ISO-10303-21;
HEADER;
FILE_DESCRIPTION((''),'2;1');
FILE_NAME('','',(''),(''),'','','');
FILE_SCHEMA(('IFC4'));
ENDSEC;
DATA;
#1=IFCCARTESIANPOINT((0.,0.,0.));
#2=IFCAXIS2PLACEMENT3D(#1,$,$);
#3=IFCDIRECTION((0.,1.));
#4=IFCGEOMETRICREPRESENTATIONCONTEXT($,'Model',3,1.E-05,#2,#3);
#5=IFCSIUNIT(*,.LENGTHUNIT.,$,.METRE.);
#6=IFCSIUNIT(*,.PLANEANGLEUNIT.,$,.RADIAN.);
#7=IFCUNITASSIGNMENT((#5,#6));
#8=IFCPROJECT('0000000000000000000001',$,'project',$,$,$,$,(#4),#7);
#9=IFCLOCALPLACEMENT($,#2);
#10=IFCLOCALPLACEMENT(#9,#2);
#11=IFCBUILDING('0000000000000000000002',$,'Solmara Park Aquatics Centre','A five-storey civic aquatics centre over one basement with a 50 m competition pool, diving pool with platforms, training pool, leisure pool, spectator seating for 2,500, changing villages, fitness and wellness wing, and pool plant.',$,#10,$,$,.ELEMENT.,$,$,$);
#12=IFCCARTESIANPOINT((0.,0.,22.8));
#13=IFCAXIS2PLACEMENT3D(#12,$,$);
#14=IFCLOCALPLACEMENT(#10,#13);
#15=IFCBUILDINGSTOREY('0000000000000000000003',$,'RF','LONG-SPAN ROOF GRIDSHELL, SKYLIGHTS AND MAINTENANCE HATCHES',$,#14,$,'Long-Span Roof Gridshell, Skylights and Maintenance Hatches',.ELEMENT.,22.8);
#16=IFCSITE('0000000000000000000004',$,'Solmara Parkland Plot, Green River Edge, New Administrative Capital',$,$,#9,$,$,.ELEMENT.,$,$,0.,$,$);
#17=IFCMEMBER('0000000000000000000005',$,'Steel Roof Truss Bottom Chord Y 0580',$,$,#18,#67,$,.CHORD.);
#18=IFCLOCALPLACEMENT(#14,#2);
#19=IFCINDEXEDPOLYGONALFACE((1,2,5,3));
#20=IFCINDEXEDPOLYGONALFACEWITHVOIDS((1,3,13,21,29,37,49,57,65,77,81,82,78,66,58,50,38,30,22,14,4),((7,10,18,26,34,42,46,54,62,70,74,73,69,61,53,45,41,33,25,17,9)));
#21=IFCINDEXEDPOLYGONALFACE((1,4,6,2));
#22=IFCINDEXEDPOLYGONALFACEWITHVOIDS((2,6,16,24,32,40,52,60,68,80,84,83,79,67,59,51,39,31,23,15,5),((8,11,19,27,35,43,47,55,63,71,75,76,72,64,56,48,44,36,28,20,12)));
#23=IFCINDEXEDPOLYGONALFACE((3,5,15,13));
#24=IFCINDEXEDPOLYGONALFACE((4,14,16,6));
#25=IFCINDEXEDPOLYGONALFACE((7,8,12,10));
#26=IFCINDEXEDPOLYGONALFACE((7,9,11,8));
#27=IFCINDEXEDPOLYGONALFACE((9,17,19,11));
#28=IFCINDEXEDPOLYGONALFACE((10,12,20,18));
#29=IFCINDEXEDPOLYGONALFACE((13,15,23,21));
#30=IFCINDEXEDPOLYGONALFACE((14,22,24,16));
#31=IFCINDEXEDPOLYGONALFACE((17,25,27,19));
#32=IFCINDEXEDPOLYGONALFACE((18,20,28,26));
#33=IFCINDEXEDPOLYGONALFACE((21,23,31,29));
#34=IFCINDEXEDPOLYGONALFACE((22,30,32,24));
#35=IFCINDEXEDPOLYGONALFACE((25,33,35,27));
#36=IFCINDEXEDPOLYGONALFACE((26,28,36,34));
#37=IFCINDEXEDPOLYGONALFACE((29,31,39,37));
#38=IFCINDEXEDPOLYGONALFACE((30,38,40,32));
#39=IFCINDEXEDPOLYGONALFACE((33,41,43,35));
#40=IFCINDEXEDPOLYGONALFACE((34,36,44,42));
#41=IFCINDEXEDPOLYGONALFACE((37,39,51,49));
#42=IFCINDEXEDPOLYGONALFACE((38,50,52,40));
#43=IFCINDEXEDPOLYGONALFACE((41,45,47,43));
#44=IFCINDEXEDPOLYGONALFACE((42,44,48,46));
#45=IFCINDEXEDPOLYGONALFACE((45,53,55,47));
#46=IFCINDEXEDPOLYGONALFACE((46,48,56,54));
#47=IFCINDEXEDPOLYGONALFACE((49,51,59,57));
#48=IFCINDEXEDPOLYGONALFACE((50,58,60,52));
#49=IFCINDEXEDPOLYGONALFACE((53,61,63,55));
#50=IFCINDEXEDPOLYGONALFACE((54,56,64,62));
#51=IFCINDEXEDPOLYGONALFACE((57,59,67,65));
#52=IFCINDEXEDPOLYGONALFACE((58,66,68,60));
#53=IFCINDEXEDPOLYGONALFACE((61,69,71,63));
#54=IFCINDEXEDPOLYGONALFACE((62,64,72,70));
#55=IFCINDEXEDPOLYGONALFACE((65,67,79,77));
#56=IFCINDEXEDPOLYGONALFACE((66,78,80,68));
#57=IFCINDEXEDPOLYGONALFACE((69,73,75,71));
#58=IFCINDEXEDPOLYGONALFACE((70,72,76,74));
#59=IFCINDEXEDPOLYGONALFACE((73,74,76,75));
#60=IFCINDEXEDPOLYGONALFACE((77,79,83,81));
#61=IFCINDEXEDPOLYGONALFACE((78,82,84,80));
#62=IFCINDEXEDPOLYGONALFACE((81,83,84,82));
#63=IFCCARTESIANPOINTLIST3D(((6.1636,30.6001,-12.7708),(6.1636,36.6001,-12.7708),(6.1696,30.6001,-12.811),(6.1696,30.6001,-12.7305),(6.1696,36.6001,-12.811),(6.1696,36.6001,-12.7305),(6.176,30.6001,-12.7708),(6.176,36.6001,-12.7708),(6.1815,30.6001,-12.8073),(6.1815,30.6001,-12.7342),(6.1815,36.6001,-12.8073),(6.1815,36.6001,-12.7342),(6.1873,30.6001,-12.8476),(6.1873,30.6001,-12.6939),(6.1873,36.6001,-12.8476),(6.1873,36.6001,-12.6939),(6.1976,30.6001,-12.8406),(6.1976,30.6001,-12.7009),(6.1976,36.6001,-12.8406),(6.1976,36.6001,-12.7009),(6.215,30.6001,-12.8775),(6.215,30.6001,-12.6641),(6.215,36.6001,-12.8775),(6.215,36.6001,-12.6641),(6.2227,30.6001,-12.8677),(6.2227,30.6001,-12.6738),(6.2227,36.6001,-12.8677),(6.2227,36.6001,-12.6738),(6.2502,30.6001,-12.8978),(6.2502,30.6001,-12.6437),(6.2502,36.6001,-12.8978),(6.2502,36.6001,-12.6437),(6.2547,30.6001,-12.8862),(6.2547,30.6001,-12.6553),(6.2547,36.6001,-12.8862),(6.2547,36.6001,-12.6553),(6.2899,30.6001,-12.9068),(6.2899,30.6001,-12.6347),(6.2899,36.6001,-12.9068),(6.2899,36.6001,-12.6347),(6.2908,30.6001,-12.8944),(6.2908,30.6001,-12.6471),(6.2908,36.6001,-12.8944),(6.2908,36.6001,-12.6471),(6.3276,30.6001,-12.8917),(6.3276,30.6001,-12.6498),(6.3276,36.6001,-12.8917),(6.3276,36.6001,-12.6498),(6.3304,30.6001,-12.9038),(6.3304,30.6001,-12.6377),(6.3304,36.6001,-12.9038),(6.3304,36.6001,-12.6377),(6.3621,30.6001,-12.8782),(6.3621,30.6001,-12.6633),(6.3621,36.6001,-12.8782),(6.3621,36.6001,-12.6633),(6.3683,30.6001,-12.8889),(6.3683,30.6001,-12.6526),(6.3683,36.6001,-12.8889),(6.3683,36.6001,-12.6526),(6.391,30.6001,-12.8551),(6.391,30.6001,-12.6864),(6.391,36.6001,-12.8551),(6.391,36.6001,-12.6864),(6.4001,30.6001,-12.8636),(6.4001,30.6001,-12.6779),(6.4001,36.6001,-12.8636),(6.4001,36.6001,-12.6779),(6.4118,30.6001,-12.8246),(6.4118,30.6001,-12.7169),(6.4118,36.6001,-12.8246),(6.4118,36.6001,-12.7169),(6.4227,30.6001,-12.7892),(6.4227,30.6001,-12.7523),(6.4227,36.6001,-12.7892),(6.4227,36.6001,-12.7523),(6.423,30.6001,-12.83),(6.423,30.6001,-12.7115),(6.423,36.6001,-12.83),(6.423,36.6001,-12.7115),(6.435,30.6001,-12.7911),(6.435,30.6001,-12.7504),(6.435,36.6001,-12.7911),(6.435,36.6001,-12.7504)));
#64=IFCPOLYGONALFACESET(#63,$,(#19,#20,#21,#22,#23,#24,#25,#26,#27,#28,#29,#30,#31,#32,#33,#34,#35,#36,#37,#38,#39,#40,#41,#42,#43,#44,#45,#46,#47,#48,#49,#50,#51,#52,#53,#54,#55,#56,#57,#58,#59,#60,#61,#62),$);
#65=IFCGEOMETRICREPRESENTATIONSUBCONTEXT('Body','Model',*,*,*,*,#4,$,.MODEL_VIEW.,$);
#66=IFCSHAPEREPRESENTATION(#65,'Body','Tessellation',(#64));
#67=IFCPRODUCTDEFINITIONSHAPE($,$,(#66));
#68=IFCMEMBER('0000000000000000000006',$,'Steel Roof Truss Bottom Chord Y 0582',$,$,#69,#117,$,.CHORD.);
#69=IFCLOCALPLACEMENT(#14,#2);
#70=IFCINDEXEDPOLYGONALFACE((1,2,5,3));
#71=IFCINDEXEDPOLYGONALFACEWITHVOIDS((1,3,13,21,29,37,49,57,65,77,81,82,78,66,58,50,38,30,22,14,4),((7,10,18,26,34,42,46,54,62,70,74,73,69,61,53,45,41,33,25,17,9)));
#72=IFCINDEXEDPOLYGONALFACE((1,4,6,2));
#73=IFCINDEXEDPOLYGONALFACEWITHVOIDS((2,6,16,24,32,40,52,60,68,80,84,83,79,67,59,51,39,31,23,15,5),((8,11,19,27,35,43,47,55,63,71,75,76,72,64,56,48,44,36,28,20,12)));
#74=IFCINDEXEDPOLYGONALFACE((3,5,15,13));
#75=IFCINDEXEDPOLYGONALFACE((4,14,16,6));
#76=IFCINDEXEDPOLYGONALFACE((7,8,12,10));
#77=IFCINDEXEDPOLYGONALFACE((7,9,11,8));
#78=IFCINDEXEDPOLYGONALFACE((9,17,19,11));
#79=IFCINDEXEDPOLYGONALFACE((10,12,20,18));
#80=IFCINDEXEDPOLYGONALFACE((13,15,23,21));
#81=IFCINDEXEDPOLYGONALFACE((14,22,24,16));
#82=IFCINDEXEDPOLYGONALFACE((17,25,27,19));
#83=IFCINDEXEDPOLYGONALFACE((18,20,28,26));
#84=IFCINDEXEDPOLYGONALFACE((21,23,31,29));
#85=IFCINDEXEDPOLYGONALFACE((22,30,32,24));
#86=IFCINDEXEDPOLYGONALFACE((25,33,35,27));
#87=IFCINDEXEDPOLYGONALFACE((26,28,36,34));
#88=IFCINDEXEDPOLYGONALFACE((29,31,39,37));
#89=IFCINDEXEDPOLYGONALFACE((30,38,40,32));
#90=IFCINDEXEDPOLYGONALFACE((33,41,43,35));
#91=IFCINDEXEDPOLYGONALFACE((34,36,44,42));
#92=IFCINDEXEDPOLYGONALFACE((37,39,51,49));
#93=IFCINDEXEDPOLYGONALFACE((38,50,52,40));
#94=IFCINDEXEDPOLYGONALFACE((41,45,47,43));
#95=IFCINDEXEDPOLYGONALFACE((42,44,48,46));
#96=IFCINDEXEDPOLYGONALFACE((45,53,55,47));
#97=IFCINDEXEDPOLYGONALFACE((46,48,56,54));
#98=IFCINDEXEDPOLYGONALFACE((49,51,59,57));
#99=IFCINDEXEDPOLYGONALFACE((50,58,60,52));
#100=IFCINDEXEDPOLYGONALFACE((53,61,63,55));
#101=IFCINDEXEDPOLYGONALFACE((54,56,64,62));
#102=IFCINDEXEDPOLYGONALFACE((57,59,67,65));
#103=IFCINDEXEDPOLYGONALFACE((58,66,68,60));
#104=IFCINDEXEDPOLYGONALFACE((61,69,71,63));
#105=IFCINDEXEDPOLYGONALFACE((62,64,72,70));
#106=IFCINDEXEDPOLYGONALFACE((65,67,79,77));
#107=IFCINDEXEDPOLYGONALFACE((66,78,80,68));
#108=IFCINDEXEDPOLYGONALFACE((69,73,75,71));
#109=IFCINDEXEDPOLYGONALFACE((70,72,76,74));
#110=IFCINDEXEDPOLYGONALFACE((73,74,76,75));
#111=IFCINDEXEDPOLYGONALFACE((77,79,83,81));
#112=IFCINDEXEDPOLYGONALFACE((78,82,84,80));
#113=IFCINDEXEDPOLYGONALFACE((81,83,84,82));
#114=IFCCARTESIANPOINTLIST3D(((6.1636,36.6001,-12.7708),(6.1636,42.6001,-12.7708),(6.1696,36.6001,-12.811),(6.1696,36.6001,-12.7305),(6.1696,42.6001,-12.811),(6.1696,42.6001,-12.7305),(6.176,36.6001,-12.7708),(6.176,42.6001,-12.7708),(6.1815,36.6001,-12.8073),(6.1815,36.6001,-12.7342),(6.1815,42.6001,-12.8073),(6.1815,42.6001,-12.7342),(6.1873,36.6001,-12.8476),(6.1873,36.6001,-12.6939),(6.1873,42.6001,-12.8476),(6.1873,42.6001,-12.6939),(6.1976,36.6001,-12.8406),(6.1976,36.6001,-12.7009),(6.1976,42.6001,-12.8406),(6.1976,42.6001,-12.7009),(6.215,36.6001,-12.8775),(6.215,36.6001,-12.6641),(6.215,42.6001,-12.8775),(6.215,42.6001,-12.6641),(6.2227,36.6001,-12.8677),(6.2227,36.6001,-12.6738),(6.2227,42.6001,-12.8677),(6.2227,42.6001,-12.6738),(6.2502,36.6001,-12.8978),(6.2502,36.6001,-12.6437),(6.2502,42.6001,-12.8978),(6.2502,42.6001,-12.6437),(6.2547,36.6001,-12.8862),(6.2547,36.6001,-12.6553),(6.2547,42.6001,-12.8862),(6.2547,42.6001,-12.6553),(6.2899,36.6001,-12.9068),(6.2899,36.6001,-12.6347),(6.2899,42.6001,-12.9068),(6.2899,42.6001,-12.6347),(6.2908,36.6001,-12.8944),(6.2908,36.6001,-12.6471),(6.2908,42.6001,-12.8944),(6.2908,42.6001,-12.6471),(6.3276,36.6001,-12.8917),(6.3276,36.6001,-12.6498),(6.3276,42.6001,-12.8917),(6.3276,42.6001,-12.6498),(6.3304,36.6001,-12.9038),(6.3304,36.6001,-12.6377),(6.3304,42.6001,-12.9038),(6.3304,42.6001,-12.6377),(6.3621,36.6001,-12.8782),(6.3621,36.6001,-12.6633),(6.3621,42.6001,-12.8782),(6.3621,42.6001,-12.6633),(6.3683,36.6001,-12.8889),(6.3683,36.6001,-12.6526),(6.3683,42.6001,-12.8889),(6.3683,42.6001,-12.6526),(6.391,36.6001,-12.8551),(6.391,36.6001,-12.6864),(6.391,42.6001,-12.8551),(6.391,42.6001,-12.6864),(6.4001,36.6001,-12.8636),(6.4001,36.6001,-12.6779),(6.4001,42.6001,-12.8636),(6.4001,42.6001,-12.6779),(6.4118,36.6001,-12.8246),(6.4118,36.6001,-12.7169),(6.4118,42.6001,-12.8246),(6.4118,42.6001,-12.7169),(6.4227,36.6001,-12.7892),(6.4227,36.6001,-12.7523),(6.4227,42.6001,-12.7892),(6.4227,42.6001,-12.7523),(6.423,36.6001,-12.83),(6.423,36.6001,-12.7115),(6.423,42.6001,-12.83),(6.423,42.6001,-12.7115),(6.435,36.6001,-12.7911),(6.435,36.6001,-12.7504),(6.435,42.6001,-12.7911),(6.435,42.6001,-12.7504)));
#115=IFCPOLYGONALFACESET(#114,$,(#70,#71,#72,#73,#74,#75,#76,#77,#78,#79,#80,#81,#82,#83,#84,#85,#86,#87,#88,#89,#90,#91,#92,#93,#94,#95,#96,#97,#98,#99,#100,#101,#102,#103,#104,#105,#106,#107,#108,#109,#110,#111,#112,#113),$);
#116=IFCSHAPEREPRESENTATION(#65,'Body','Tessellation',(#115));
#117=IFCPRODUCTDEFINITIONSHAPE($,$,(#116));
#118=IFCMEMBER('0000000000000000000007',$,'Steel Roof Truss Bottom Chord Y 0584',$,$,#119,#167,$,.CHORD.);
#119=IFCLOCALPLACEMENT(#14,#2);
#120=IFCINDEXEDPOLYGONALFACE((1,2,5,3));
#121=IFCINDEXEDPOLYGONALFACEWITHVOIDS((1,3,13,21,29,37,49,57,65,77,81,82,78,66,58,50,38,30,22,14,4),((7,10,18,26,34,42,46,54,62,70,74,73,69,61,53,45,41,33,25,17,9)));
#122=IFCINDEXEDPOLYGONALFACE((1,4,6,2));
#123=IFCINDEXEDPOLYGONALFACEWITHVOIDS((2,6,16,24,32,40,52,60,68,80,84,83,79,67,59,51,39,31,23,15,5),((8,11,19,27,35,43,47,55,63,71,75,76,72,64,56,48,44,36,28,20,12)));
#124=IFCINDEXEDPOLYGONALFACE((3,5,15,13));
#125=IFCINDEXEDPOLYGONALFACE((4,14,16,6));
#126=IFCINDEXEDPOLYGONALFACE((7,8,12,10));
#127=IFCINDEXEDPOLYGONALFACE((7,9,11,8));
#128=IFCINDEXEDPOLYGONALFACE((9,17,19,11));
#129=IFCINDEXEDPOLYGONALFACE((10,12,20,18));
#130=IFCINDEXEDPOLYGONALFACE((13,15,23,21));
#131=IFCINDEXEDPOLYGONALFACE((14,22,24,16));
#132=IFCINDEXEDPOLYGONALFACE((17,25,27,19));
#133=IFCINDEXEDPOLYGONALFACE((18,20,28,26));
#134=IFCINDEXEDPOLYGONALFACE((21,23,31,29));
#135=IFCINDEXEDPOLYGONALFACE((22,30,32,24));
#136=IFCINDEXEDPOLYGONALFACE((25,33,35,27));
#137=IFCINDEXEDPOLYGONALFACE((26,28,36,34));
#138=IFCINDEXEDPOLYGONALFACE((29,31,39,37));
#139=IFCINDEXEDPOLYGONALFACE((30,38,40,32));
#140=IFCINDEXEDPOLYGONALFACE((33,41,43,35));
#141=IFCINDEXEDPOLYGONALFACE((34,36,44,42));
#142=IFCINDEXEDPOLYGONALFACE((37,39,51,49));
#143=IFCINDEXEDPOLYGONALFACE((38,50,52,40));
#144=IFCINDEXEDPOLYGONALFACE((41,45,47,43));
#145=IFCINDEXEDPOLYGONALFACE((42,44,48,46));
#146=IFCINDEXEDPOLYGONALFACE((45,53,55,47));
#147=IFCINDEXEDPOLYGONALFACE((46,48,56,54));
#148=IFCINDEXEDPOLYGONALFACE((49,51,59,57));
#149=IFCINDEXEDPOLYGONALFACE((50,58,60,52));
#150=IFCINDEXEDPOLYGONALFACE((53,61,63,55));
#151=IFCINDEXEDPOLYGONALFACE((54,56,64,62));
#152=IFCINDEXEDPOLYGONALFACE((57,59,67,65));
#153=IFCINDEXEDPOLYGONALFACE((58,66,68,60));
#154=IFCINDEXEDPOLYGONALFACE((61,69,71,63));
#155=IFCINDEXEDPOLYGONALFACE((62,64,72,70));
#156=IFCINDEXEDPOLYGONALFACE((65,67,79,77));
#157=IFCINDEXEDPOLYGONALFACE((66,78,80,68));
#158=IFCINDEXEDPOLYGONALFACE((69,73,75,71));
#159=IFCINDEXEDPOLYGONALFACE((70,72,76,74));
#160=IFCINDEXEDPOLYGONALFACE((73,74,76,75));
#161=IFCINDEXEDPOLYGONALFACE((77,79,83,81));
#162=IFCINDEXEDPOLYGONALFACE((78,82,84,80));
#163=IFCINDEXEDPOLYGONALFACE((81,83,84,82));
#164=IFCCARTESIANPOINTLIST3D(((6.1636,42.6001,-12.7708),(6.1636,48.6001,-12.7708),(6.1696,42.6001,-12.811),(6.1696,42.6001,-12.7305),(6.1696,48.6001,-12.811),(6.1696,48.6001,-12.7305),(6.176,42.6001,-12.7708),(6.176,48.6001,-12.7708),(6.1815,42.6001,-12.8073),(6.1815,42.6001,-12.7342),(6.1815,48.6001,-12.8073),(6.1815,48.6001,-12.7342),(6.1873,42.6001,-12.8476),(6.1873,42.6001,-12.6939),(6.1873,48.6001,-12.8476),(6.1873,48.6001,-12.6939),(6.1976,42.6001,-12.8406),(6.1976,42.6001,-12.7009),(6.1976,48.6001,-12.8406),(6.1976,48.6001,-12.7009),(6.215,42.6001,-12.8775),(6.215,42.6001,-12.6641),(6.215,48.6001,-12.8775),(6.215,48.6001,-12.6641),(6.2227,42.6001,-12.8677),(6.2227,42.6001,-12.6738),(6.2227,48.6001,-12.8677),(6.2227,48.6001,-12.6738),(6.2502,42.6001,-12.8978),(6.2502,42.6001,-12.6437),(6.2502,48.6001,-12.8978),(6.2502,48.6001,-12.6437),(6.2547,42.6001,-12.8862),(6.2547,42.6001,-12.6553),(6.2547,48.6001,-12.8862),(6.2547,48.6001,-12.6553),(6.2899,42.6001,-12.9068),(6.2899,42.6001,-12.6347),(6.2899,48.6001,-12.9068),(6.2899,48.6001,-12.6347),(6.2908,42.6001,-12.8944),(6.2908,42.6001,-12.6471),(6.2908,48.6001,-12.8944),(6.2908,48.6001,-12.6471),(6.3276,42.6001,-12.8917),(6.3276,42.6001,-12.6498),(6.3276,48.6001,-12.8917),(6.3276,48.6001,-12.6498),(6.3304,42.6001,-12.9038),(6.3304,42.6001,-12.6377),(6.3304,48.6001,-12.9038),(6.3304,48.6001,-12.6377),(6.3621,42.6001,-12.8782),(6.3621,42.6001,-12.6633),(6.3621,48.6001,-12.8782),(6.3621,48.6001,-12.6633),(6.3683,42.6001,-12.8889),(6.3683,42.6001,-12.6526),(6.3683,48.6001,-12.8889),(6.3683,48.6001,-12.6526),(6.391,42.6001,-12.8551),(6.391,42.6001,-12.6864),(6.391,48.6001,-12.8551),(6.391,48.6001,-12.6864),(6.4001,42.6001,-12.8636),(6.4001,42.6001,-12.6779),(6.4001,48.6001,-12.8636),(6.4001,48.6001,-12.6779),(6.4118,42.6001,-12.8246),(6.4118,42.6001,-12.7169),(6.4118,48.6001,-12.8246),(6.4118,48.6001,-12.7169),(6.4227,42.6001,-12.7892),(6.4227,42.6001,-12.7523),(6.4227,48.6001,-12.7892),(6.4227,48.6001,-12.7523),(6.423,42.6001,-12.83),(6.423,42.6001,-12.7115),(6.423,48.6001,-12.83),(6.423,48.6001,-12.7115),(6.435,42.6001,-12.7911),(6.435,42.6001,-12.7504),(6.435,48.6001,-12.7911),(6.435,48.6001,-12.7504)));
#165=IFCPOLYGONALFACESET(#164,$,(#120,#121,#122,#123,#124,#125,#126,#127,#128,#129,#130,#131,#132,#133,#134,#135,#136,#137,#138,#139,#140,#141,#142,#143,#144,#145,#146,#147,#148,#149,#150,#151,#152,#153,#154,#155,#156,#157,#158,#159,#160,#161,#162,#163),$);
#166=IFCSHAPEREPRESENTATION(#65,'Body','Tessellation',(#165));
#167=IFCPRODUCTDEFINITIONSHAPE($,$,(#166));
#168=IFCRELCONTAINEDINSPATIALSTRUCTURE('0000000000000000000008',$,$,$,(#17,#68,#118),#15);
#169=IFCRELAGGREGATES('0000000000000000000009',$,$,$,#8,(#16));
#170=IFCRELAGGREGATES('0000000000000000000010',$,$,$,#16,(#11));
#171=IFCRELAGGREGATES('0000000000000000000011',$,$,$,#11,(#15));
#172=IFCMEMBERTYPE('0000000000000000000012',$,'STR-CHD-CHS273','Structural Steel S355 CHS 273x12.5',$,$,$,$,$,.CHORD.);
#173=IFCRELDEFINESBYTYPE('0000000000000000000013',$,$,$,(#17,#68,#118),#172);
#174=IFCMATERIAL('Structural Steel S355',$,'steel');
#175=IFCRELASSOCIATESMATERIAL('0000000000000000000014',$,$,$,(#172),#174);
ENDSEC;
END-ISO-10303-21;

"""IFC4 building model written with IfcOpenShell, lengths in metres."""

from ifc_helpers import new_model, si_unit, direction, frame, origin, origin_2d, place, context, subcontext, project, spatial, hollow_circle, extrude, material, material_profile, profile_set, type_object, element, save


model = new_model("IFC4")

# Units and contexts
model_context = context("Model", 3, precision=1e-05, world=origin(), true_north=direction((0.0, 1.0)))
body_context = subcontext(model_context, "Body", "Model", "MODEL_VIEW")
ifc_project = project(units=[si_unit("LENGTHUNIT", "METRE"), si_unit("PLANEANGLEUNIT", "RADIAN")], contexts=[model_context])

# Site, building, storey
site_placement = place(None, origin())
site = spatial("IfcSite", under=ifc_project, at=site_placement, Name="Solmara Parkland Plot, Green River Edge, New Administrative Capital", CompositionType="ELEMENT", RefElevation=0.0)
building_placement = place(site_placement, origin())
building = spatial("IfcBuilding", under=site, at=building_placement, Name="Solmara Park Aquatics Centre", Description="A five-storey civic aquatics centre over one basement with a 50 m competition pool, diving pool with platforms, training pool, leisure pool, spectator seating for 2,500, changing villages, fitness and wellness wing, and pool plant.", CompositionType="ELEMENT")
storey_placement = place(building_placement, frame((0.0, 0.0, 22.8)))
storey = spatial("IfcBuildingStorey", under=building, at=storey_placement, Name="RF", Description="LONG-SPAN ROOF GRIDSHELL, SKYLIGHTS AND MAINTENANCE HATCHES", LongName="Long-Span Roof Gridshell, Skylights and Maintenance Hatches", CompositionType="ELEMENT", Elevation=22.8)

# Members
ifc_material_1 = material(Name="Structural Steel S355", Category="steel")
ifc_material_profile_1 = material_profile(ifc_material_1, hollow_circle(Radius=0.1365, WallThickness=0.0125, at=origin_2d()), Name="CHS 273x12.5")
ifc_profile_set_1 = profile_set([ifc_material_profile_1], Name="Structural Steel S355")
member_type_1 = type_object("IfcMemberType", Name="STR-CHD-CHS273", Description="Structural Steel S355 CHS 273x12.5", PredefinedType="CHORD", material=ifc_profile_set_1)
for number, where, z_axis, x_axis, name in (
    (1, (6.3, 30.6001, -12.7708), (0.0, 1.0, 0.0), (-1.0, 0.0, 0.0), "Steel Roof Truss Bottom Chord Y 0580"),
    (2, (6.3, 36.6001, -12.7708), (0.0, 1.0, 0.0), (-1.0, 0.0, 0.0), "Steel Roof Truss Bottom Chord Y 0582"),
    (3, (6.3, 42.6001, -12.7708), (0.0, 1.0, 0.0), (-1.0, 0.0, 0.0), "Steel Roof Truss Bottom Chord Y 0584"),
):
    element("IfcMember", number, at=place(storey_placement, frame(where, z_axis=z_axis, x_axis=x_axis)), inside=storey, type_object=member_type_1, Name=name, PredefinedType="CHORD", context=body_context, shape_type="SweptSolid", body=[
        extrude(hollow_circle(Radius=0.1365, WallThickness=0.0125, at=origin_2d()), origin(), (0.0, 0.0, 1.0), 6.0),
    ])

save(model, "model.ifc")
